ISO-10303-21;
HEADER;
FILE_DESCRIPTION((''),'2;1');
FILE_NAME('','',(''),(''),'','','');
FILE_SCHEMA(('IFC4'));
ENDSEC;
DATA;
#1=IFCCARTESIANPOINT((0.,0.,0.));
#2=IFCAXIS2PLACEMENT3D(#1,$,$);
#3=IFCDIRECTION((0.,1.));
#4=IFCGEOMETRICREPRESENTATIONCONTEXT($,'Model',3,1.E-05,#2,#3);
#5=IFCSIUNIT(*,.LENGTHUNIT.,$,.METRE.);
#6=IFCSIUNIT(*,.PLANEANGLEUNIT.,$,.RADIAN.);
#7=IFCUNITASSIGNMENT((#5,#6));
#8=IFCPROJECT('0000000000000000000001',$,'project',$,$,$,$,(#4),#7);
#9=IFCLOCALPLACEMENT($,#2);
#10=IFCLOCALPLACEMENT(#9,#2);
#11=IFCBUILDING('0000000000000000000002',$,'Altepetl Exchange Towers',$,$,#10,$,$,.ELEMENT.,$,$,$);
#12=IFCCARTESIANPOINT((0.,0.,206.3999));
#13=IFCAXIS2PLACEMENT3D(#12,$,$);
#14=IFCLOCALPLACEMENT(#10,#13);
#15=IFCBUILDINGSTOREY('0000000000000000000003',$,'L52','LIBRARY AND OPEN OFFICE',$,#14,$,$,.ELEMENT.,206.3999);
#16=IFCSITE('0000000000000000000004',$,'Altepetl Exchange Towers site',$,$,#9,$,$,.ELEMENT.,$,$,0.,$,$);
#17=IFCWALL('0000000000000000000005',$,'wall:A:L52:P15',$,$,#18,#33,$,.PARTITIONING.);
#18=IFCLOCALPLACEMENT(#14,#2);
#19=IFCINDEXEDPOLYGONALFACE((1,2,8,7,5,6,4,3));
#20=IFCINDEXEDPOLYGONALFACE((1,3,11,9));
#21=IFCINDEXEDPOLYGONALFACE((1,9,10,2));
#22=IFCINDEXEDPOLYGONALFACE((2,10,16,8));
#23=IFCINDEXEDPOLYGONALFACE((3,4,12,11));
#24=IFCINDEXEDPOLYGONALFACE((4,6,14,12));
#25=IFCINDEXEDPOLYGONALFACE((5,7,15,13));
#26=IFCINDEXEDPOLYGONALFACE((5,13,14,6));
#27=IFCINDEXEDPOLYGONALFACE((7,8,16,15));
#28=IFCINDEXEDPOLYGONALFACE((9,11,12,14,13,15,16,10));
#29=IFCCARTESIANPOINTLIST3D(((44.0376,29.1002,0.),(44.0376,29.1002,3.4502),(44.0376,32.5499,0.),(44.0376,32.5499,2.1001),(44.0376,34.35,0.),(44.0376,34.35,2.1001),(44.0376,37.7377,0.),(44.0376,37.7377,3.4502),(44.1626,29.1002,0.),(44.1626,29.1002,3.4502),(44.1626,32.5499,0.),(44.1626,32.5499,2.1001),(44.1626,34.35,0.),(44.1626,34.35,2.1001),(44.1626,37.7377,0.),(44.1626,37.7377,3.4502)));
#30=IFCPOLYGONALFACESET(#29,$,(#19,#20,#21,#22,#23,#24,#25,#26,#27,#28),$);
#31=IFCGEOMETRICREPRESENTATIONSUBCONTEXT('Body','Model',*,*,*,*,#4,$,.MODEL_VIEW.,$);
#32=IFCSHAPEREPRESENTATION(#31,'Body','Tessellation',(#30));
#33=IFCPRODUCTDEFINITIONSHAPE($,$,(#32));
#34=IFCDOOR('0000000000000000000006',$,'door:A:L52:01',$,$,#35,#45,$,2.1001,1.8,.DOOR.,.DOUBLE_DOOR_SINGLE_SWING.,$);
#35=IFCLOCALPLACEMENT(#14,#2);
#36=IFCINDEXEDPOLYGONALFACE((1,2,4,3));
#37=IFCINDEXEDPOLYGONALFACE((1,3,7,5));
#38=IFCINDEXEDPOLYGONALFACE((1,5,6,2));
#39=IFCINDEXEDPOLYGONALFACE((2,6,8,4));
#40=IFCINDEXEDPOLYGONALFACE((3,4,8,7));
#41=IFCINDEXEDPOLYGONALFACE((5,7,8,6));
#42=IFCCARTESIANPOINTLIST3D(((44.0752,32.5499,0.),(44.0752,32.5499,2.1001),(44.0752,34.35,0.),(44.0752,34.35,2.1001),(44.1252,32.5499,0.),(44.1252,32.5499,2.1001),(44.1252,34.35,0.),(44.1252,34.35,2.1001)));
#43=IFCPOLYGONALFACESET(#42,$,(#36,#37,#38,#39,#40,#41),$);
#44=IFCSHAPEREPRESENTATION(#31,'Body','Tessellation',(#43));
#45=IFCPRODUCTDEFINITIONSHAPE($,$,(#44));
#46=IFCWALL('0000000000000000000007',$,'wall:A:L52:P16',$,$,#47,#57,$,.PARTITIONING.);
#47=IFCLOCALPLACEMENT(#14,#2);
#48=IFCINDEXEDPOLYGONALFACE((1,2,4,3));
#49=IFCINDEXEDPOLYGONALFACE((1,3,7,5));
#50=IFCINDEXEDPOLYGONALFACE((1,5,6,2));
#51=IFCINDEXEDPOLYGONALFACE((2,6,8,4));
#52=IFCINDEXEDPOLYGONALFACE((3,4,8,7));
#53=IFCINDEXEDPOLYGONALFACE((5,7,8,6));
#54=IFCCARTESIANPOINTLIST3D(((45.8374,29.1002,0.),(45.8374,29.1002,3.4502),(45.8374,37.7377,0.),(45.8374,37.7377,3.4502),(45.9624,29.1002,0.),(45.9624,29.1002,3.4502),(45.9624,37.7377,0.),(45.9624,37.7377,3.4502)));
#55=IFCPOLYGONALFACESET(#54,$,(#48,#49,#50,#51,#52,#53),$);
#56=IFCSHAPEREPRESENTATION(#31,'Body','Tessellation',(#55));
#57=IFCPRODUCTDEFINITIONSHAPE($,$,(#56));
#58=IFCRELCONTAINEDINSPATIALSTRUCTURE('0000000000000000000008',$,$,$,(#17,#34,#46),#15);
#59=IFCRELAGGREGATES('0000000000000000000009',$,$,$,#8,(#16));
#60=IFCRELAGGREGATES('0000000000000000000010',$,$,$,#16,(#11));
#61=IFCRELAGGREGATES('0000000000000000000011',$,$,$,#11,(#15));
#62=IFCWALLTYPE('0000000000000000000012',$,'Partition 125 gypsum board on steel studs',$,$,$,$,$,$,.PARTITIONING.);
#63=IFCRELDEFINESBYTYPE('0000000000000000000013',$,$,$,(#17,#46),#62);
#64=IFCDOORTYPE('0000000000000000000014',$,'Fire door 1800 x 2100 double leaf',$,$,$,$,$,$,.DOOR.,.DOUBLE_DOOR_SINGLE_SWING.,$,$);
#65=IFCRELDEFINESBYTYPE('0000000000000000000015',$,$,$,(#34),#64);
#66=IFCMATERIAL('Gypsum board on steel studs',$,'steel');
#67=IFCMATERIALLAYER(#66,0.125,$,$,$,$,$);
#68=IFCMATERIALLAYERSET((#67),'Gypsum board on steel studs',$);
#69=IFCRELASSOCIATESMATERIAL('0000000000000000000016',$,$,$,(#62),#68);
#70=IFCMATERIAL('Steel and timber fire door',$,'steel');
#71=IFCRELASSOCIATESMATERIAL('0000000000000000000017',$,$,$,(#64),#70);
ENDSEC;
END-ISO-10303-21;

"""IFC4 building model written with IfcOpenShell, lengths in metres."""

from ifc_helpers import new_model, si_unit, direction, frame, frame_2d, origin, place, context, subcontext, project, spatial, rectangle, extrude, material, layer, layer_set, type_object, element, fill, save


model = new_model("IFC4")

# Units and contexts
model_context = context("Model", 3, precision=1e-05, world=origin(), true_north=direction((0.0, 1.0)))
body_context = subcontext(model_context, "Body", "Model", "MODEL_VIEW")
ifc_project = project(units=[si_unit("LENGTHUNIT", "METRE"), si_unit("PLANEANGLEUNIT", "RADIAN")], contexts=[model_context])

# Site, building, storey
site_placement = place(None, origin())
site = spatial("IfcSite", under=ifc_project, at=site_placement, Name="Altepetl Exchange Towers site", CompositionType="ELEMENT", RefElevation=0.0)
building_placement = place(site_placement, origin())
building = spatial("IfcBuilding", under=site, at=building_placement, Name="Altepetl Exchange Towers", CompositionType="ELEMENT")
storey_placement = place(building_placement, frame((0.0, 0.0, 206.3999)))
storey = spatial("IfcBuildingStorey", under=building, at=storey_placement, Name="L52", Description="LIBRARY AND OPEN OFFICE", CompositionType="ELEMENT", Elevation=206.3999)

# Shared definitions
ifc_material_1 = material(Name="Gypsum board on steel studs", Category="steel")
ifc_layer_1 = layer(ifc_material_1, 0.125)
ifc_layer_set_1 = layer_set([ifc_layer_1], Name="Gypsum board on steel studs")
wall_type_1 = type_object("IfcWallType", Name="Partition 125 gypsum board on steel studs", PredefinedType="PARTITIONING", material=ifc_layer_set_1)

# Wall, opening, door
wall_1_placement = place(storey_placement, frame((44.1001, 29.1001, 0.0), z_axis=(0.0, 0.0, 1.0), x_axis=(0.0, 1.0, 0.0)))
wall_1 = element("IfcWall", 1, at=wall_1_placement, inside=storey, type_object=wall_type_1, Name="wall:A:L52:P15", PredefinedType="PARTITIONING", context=body_context, shape_type="SweptSolid", body=[
    extrude(rectangle(XDim=8.6375, YDim=0.125, at=frame_2d((4.3188, 0.0))), origin(), (0.0, 0.0, 1.0), 3.4502),
])
opening_1_placement = place(wall_1_placement, frame((3.45, 0.0, 0.0)))
opening_1 = element("IfcOpeningElement", 2, at=opening_1_placement, cuts=wall_1, PredefinedType="OPENING", context=body_context, shape_type="SweptSolid", body=[
    extrude(rectangle(XDim=1.8, YDim=2.1001, at=frame_2d((0.8999, 1.05))), frame((0.0, 0.0725, 0.0), z_axis=(0.0, -1.0, 0.0), x_axis=(1.0, 0.0, 0.0)), (0.0, 0.0, 1.0), 0.145),
])
ifc_material_2 = material(Name="Steel and timber fire door", Category="steel")
door_type_1 = type_object("IfcDoorType", Name="Fire door 1800 x 2100 double leaf", OperationType="DOUBLE_DOOR_SINGLE_SWING", PredefinedType="DOOR", material=ifc_material_2)
door_1_placement = place(opening_1_placement, origin())
door_1 = element("IfcDoor", 3, at=door_1_placement, inside=storey, type_object=door_type_1, Name="door:A:L52:01", OperationType="DOUBLE_DOOR_SINGLE_SWING", OverallHeight=2.1001, OverallWidth=1.8, PredefinedType="DOOR", context=body_context, shape_type="SweptSolid", body=[
    extrude(rectangle(XDim=1.8, YDim=2.1001, at=frame_2d((0.8999, 1.05))), frame((0.0, 0.0249, 0.0), z_axis=(0.0, -1.0, 0.0), x_axis=(1.0, 0.0, 0.0)), (0.0, 0.0, 1.0), 0.05),
])
fill(opening_1, door_1)

# Wall
wall_2_placement = place(storey_placement, frame((45.8999, 29.1001, 0.0), z_axis=(0.0, 0.0, 1.0), x_axis=(0.0, 1.0, 0.0)))
element("IfcWall", 4, at=wall_2_placement, inside=storey, type_object=wall_type_1, Name="wall:A:L52:P16", PredefinedType="PARTITIONING", context=body_context, shape_type="SweptSolid", body=[
    extrude(rectangle(XDim=8.6375, YDim=0.125, at=frame_2d((4.3188, 0.0))), origin(), (0.0, 0.0, 1.0), 3.4502),
])

save(model, "model.ifc")
